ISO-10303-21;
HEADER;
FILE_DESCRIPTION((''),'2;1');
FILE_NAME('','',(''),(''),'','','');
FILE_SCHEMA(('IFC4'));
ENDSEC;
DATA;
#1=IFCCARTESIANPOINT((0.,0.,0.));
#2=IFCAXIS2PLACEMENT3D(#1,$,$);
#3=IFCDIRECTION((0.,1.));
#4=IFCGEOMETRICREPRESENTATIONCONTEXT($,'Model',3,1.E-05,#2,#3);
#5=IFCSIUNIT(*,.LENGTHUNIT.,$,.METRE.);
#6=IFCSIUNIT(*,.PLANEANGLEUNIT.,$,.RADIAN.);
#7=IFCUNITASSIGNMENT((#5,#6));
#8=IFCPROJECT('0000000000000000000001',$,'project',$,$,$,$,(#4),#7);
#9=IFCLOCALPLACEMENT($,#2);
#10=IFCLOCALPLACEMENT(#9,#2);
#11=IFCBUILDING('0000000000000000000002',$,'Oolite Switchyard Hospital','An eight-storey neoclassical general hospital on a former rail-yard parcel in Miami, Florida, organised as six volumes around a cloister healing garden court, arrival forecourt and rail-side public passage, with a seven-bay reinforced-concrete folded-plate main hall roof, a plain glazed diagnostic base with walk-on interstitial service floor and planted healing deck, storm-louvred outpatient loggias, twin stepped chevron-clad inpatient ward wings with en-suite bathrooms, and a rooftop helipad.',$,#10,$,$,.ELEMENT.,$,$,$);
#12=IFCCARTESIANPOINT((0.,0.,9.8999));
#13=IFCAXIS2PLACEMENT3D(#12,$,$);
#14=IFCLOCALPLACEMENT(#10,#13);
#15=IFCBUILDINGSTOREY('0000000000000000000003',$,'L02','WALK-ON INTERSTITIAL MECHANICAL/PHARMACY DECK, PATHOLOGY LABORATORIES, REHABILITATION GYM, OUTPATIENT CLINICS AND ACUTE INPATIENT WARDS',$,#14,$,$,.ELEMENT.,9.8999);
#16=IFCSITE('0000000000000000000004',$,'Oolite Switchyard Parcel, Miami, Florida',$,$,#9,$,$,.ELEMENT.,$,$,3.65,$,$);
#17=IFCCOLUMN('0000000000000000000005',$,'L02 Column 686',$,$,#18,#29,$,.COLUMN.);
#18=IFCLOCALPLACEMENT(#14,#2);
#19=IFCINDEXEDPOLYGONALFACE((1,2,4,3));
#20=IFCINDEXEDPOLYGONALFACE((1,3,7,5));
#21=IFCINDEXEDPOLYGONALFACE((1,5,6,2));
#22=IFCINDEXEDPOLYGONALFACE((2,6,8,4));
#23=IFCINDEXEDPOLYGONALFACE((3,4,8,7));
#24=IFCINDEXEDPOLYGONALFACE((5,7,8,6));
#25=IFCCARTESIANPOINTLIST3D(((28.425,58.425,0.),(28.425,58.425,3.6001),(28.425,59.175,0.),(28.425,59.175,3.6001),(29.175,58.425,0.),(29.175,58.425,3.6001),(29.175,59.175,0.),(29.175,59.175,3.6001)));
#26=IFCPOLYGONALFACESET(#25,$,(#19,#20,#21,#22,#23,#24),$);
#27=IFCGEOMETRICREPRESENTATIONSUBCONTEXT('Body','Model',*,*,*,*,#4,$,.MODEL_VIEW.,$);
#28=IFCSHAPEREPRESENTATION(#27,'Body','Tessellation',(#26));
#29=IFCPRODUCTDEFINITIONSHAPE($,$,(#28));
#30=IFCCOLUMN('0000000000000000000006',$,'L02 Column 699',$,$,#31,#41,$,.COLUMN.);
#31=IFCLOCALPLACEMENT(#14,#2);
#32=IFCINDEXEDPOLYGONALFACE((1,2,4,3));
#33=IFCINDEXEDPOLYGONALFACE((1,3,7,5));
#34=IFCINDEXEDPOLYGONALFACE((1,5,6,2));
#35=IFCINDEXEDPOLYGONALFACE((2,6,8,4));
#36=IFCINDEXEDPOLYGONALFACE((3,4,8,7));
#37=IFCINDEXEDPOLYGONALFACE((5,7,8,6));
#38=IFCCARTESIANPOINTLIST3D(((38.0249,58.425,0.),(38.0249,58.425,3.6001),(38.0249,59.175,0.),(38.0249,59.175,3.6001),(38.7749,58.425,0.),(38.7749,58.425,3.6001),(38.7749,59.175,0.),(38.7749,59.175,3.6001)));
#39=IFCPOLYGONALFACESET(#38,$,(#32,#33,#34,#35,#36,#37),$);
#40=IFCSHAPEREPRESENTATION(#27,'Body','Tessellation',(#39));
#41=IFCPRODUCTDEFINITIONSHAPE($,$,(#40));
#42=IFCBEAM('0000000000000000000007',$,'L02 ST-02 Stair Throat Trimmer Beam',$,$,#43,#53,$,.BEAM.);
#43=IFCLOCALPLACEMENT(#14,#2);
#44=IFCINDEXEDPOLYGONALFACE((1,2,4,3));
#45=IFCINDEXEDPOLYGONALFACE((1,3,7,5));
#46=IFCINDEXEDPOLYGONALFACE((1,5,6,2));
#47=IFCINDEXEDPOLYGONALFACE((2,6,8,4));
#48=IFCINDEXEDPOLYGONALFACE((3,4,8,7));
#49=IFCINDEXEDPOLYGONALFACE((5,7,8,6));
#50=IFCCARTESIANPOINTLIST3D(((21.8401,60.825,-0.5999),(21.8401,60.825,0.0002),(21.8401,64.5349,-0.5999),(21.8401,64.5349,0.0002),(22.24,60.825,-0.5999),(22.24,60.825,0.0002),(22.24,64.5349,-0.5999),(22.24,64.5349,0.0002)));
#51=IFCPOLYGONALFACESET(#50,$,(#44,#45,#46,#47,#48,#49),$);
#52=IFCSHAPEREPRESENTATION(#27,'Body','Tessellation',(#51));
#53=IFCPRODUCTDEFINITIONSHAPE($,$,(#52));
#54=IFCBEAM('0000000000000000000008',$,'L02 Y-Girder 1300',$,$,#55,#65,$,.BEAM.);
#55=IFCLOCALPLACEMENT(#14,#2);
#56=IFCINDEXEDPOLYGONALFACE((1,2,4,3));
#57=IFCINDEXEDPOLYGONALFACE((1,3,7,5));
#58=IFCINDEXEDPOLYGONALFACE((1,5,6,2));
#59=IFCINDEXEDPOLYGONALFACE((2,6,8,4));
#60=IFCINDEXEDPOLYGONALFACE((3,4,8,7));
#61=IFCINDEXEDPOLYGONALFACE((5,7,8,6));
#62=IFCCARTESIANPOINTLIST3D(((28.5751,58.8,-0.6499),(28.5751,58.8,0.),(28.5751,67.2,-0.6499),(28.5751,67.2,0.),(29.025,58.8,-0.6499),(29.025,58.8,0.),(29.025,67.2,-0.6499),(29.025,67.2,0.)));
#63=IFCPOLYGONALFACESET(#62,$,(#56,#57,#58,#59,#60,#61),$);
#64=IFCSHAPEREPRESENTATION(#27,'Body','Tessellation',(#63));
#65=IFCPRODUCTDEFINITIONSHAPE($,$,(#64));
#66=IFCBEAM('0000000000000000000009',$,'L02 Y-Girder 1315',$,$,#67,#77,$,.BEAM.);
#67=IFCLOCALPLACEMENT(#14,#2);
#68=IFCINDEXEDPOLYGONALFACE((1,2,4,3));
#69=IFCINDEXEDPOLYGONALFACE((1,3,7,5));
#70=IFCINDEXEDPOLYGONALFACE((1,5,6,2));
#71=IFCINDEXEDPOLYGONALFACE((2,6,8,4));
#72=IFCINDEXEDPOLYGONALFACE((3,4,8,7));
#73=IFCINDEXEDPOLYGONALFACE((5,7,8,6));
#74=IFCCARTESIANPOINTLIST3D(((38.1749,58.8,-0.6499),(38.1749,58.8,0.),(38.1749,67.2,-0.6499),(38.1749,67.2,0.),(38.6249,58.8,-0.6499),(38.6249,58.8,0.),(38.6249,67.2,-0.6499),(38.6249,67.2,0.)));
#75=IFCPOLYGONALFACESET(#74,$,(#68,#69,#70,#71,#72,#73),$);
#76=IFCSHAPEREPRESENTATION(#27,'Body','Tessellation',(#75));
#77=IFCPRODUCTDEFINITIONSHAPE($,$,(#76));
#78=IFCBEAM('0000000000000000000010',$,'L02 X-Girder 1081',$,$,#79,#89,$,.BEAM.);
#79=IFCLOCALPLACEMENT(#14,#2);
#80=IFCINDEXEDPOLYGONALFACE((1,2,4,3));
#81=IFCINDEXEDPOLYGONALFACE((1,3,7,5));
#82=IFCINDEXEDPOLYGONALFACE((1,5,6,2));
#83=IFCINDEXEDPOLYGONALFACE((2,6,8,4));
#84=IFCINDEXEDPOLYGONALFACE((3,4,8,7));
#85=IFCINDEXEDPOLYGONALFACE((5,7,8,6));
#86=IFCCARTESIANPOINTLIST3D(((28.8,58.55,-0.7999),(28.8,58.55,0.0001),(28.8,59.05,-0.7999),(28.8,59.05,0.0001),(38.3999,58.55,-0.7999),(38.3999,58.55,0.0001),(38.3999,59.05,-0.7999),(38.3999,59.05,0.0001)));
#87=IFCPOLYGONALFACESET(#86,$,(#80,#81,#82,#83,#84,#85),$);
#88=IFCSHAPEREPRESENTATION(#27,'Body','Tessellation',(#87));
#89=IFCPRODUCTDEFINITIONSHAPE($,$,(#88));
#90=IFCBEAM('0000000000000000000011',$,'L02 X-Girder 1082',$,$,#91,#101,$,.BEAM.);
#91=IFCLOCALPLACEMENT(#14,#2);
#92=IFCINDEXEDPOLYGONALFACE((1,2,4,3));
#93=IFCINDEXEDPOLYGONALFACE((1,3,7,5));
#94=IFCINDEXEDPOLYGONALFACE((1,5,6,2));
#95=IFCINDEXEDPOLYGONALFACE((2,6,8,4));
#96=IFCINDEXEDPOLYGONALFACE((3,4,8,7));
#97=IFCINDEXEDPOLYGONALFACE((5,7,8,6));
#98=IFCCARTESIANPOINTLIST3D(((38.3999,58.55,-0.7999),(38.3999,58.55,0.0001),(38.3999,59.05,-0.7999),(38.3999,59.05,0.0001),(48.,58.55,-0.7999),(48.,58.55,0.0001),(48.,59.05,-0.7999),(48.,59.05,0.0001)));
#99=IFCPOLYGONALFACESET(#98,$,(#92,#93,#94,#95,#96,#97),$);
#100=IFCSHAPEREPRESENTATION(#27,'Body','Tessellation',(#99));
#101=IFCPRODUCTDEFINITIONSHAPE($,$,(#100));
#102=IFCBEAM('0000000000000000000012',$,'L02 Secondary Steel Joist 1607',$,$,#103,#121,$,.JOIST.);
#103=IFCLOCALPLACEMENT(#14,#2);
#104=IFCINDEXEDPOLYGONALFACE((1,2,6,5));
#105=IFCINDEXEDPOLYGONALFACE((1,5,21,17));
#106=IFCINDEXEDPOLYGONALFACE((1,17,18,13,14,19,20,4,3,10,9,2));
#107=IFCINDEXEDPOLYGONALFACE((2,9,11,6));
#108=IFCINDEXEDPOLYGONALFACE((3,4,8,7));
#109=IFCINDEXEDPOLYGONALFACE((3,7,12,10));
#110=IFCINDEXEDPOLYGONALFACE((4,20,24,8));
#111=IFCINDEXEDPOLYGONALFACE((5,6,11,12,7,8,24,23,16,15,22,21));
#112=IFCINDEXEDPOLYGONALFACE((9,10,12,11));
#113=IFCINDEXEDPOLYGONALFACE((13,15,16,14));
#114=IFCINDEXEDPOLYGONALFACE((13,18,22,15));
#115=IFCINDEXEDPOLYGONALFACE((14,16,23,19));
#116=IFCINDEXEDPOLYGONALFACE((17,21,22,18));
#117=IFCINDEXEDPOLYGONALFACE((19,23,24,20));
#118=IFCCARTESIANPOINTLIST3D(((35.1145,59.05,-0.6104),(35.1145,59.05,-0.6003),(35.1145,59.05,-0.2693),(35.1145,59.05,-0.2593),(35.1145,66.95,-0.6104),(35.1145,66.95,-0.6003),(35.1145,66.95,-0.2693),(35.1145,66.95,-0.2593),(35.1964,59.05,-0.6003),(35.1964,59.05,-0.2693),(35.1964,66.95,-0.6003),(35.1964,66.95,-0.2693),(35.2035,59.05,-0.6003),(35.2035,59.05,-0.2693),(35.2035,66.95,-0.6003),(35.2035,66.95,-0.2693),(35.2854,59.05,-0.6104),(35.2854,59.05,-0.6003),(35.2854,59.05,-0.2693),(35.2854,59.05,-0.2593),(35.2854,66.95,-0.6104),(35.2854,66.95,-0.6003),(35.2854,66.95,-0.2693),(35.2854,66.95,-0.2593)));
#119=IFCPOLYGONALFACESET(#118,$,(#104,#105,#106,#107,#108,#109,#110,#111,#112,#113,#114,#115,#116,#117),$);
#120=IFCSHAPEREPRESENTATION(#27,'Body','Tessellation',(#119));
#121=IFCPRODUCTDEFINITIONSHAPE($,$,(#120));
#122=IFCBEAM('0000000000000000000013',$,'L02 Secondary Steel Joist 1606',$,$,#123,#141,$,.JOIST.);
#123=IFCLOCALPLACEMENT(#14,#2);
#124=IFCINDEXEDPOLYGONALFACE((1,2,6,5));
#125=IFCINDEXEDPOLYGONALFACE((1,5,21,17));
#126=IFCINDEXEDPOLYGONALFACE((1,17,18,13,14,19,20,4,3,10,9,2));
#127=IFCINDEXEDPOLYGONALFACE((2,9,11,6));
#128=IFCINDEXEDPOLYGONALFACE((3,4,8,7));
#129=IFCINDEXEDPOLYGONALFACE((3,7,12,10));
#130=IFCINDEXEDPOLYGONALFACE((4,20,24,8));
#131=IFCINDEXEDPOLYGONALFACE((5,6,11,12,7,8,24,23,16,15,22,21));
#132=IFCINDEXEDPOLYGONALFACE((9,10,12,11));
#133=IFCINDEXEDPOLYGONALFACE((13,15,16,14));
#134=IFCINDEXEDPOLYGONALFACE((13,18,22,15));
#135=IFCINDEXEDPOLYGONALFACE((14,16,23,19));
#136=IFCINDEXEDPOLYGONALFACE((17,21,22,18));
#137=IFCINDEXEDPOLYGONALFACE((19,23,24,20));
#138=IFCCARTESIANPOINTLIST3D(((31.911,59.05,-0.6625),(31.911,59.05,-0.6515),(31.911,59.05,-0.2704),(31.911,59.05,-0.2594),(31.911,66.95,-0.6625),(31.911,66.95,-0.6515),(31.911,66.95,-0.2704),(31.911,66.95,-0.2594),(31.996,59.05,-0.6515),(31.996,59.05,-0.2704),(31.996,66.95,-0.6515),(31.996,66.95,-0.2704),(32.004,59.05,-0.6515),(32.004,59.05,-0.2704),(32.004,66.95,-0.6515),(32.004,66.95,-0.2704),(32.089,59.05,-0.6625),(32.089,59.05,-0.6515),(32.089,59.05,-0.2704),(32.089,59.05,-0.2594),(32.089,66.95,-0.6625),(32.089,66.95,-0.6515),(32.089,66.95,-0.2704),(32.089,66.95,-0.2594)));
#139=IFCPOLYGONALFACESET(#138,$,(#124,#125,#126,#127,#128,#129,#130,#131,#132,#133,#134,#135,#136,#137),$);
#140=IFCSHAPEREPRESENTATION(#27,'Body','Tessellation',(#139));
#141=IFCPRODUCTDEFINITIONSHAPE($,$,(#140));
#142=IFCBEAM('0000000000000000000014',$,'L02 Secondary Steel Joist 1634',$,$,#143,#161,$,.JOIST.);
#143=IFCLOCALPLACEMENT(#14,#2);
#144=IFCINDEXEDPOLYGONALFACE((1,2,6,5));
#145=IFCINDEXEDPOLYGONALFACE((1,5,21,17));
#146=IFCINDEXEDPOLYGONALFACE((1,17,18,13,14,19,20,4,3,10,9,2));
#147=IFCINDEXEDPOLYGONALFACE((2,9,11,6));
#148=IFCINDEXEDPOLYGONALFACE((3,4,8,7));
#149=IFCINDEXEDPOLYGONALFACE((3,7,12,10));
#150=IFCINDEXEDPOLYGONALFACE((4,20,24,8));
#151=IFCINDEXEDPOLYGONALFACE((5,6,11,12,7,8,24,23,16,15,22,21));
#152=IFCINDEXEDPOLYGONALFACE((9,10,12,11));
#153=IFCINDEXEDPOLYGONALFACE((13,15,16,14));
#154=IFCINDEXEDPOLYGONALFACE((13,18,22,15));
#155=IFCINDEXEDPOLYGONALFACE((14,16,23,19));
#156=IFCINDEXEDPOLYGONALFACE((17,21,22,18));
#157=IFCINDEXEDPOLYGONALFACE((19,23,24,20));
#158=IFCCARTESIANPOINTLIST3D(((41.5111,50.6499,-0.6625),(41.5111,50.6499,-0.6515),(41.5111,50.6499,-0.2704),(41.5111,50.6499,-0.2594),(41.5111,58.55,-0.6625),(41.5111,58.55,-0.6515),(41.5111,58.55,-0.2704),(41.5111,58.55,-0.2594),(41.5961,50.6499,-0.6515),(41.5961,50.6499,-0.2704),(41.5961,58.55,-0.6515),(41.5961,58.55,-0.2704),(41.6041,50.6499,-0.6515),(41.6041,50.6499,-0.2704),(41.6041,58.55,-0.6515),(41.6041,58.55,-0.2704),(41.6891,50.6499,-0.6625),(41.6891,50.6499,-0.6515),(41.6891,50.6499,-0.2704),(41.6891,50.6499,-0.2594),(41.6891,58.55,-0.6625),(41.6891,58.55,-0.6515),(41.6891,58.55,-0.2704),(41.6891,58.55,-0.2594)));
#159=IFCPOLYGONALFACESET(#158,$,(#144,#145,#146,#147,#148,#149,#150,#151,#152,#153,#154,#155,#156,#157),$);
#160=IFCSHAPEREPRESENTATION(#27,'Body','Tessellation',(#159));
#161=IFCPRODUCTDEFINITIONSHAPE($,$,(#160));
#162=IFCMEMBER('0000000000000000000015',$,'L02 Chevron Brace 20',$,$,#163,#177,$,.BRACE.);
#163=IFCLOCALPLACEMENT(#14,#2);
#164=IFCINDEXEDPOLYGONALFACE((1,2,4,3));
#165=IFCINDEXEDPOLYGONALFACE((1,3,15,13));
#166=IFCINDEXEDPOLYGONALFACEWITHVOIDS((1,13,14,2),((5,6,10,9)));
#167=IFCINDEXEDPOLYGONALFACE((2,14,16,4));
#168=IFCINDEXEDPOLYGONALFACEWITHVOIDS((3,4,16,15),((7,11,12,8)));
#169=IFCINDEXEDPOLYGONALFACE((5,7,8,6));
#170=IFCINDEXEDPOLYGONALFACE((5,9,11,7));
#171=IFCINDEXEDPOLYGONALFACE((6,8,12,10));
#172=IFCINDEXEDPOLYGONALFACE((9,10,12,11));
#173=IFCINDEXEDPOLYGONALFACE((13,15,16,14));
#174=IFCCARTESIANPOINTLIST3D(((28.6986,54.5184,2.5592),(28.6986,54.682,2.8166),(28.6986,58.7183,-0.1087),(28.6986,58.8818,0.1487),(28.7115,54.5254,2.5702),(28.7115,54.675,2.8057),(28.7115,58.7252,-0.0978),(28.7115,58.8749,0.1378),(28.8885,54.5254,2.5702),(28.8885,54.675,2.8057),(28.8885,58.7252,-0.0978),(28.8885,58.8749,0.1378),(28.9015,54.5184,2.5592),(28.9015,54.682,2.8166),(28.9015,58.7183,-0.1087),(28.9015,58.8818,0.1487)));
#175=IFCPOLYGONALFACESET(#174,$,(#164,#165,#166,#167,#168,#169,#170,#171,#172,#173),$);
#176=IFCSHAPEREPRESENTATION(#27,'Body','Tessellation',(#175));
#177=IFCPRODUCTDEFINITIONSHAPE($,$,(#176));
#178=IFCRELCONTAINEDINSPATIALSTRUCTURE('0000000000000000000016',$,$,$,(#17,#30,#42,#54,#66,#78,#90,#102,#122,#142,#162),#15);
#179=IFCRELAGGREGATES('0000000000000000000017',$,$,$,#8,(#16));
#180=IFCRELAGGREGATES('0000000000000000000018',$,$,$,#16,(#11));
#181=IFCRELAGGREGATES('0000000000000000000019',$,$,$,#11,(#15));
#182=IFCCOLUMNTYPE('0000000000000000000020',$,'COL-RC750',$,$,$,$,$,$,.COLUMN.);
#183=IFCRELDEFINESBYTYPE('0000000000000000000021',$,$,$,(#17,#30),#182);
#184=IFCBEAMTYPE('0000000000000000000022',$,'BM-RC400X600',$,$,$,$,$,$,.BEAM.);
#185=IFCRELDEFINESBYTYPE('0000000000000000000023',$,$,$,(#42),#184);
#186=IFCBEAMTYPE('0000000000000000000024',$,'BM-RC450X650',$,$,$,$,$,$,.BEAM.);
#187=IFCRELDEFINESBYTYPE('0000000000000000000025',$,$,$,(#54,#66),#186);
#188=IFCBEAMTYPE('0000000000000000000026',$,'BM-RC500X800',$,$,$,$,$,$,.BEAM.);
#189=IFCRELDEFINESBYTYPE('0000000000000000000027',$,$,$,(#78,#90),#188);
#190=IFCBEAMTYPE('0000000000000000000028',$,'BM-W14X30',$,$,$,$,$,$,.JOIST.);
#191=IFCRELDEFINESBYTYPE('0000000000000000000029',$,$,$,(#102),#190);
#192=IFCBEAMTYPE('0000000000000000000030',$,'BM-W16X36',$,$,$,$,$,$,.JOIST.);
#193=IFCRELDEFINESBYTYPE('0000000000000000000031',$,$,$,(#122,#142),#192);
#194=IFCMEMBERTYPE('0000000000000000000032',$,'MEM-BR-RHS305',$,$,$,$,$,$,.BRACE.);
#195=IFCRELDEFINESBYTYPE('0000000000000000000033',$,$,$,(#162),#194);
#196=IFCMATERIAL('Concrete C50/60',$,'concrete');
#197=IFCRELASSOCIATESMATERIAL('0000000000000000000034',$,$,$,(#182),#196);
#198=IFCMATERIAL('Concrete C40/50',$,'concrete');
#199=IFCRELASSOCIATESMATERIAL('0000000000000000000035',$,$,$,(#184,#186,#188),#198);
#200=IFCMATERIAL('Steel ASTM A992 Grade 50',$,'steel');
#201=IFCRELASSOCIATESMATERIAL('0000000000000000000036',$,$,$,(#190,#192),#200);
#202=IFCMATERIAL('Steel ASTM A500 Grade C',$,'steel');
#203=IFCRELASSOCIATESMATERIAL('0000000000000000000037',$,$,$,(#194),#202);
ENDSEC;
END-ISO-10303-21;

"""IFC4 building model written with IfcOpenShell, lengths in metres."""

from ifc_helpers import new_model, si_unit, direction, frame, origin, origin_2d, place, context, subcontext, project, spatial, rectangle, hollow_rectangle, i_section, extrude, material, material_profile, profile_set, type_object, element, save


model = new_model("IFC4")

# Units and contexts
model_context = context("Model", 3, precision=1e-05, world=origin(), true_north=direction((0.0, 1.0)))
body_context = subcontext(model_context, "Body", "Model", "MODEL_VIEW")
ifc_project = project(units=[si_unit("LENGTHUNIT", "METRE"), si_unit("PLANEANGLEUNIT", "RADIAN")], contexts=[model_context])

# Site, building, storey
site_placement = place(None, origin())
site = spatial("IfcSite", under=ifc_project, at=site_placement, Name="Oolite Switchyard Parcel, Miami, Florida", CompositionType="ELEMENT", RefElevation=3.65)
building_placement = place(site_placement, origin())
building = spatial("IfcBuilding", under=site, at=building_placement, Name="Oolite Switchyard Hospital", Description="An eight-storey neoclassical general hospital on a former rail-yard parcel in Miami, Florida, organised as six volumes around a cloister healing garden court, arrival forecourt and rail-side public passage, with a seven-bay reinforced-concrete folded-plate main hall roof, a plain glazed diagnostic base with walk-on interstitial service floor and planted healing deck, storm-louvred outpatient loggias, twin stepped chevron-clad inpatient ward wings with en-suite bathrooms, and a rooftop helipad.", CompositionType="ELEMENT")
storey_placement = place(building_placement, frame((0.0, 0.0, 9.8999)))
storey = spatial("IfcBuildingStorey", under=building, at=storey_placement, Name="L02", Description="WALK-ON INTERSTITIAL MECHANICAL/PHARMACY DECK, PATHOLOGY LABORATORIES, REHABILITATION GYM, OUTPATIENT CLINICS AND ACUTE INPATIENT WARDS", CompositionType="ELEMENT", Elevation=9.8999)

# Columns
ifc_material_1 = material(Name="Concrete C50/60", Category="concrete")
ifc_material_profile_1 = material_profile(ifc_material_1, rectangle(XDim=0.75, YDim=0.75, at=origin_2d()), Name="RC750X750")
ifc_profile_set_1 = profile_set([ifc_material_profile_1], Name="Concrete C50/60")
column_type = type_object("IfcColumnType", Name="COL-RC750", PredefinedType="COLUMN", material=ifc_profile_set_1)
for number, where, z_axis, x_axis, name in (
    (1, (28.8, 58.8, 0.0), (0.0, 0.0, 1.0), (1.0, 0.0, 0.0), "L02 Column 686"),
    (2, (38.3999, 58.8, 0.0), (0.0, 0.0, 1.0), (1.0, 0.0, 0.0), "L02 Column 699"),
):
    element("IfcColumn", number, at=place(storey_placement, frame(where, z_axis=z_axis, x_axis=x_axis)), inside=storey, type_object=column_type, Name=name, PredefinedType="COLUMN", context=body_context, shape_type="SweptSolid", body=[
        extrude(rectangle(XDim=0.75, YDim=0.75, at=origin_2d()), origin(), (0.0, 0.0, 1.0), 3.6001),
    ])

# Beams
ifc_material_2 = material(Name="Concrete C40/50", Category="concrete")
ifc_material_profile_2 = material_profile(ifc_material_2, rectangle(XDim=0.3999, YDim=0.6001, at=origin_2d()), Name="RCB400X600")
ifc_profile_set_2 = profile_set([ifc_material_profile_2], Name="Concrete C40/50")
beam_type_1 = type_object("IfcBeamType", Name="BM-RC400X600", PredefinedType="BEAM", material=ifc_profile_set_2)
beam_1_placement = place(storey_placement, frame((22.04, 60.825, -0.2998), z_axis=(0.0, 1.0, 0.0), x_axis=(-1.0, 0.0, 0.0)))
element("IfcBeam", 3, at=beam_1_placement, inside=storey, type_object=beam_type_1, Name="L02 ST-02 Stair Throat Trimmer Beam", PredefinedType="BEAM", context=body_context, shape_type="SweptSolid", body=[
    extrude(rectangle(XDim=0.3999, YDim=0.6001, at=origin_2d()), origin(), (0.0, 0.0, 1.0), 3.71),
])
ifc_material_profile_3 = material_profile(ifc_material_2, rectangle(XDim=0.45, YDim=0.6499, at=origin_2d()), Name="RCB450X650")
ifc_profile_set_3 = profile_set([ifc_material_profile_3], Name="Concrete C40/50")
beam_type_2 = type_object("IfcBeamType", Name="BM-RC450X650", PredefinedType="BEAM", material=ifc_profile_set_3)
for number, where, z_axis, x_axis, name in (
    (4, (28.8, 58.8, -0.325), (0.0, 1.0, 0.0), (-1.0, 0.0, 0.0), "L02 Y-Girder 1300"),
    (5, (38.3999, 58.8, -0.325), (0.0, 1.0, 0.0), (-1.0, 0.0, 0.0), "L02 Y-Girder 1315"),
):
    element("IfcBeam", number, at=place(storey_placement, frame(where, z_axis=z_axis, x_axis=x_axis)), inside=storey, type_object=beam_type_2, Name=name, PredefinedType="BEAM", context=body_context, shape_type="SweptSolid", body=[
        extrude(rectangle(XDim=0.45, YDim=0.6499, at=origin_2d()), origin(), (0.0, 0.0, 1.0), 8.3999),
    ])
ifc_material_profile_4 = material_profile(ifc_material_2, rectangle(XDim=0.5, YDim=0.8, at=origin_2d()), Name="RCB500X800")
ifc_profile_set_4 = profile_set([ifc_material_profile_4], Name="Concrete C40/50")
beam_type_3 = type_object("IfcBeamType", Name="BM-RC500X800", PredefinedType="BEAM", material=ifc_profile_set_4)
beam_2_placement = place(storey_placement, frame((28.8, 58.8, -0.3999), z_axis=(1.0, 0.0, 0.0), x_axis=(0.0, 1.0, 0.0)))
element("IfcBeam", 6, at=beam_2_placement, inside=storey, type_object=beam_type_3, Name="L02 X-Girder 1081", PredefinedType="BEAM", context=body_context, shape_type="SweptSolid", body=[
    extrude(rectangle(XDim=0.5, YDim=0.8, at=origin_2d()), origin(), (0.0, 0.0, 1.0), 9.5999),
])
beam_3_placement = place(storey_placement, frame((38.3999, 58.8, -0.3999), z_axis=(1.0, 0.0, 0.0), x_axis=(0.0, 1.0, 0.0)))
element("IfcBeam", 7, at=beam_3_placement, inside=storey, type_object=beam_type_3, Name="L02 X-Girder 1082", PredefinedType="BEAM", context=body_context, shape_type="SweptSolid", body=[
    extrude(rectangle(XDim=0.5, YDim=0.8, at=origin_2d()), origin(), (0.0, 0.0, 1.0), 9.6001),
])
ifc_material_3 = material(Name="Steel ASTM A992 Grade 50", Category="steel")
ifc_material_profile_5 = material_profile(ifc_material_3, i_section(OverallWidth=0.1709, OverallDepth=0.3511, WebThickness=0.0071, FlangeThickness=0.01, at=origin_2d()), Name="W14X30")
ifc_profile_set_5 = profile_set([ifc_material_profile_5], Name="Steel ASTM A992 Grade 50")
beam_type_4 = type_object("IfcBeamType", Name="BM-W14X30", PredefinedType="JOIST", material=ifc_profile_set_5)
beam_4_placement = place(storey_placement, frame((35.2, 59.05, -0.4348), z_axis=(0.0, 1.0, 0.0), x_axis=(-1.0, 0.0, 0.0)))
element("IfcBeam", 8, at=beam_4_placement, inside=storey, type_object=beam_type_4, Name="L02 Secondary Steel Joist 1607", PredefinedType="JOIST", context=body_context, shape_type="SweptSolid", body=[
    extrude(i_section(OverallWidth=0.1709, OverallDepth=0.3511, WebThickness=0.0071, FlangeThickness=0.01, at=origin_2d()), origin(), (0.0, 0.0, 1.0), 7.8999),
])
ifc_material_profile_6 = material_profile(ifc_material_3, i_section(OverallWidth=0.178, OverallDepth=0.4031, WebThickness=0.0081, FlangeThickness=0.011, at=origin_2d()), Name="W16X36")
ifc_profile_set_6 = profile_set([ifc_material_profile_6], Name="Steel ASTM A992 Grade 50")
beam_type_5 = type_object("IfcBeamType", Name="BM-W16X36", PredefinedType="JOIST", material=ifc_profile_set_6)
beam_5_placement = place(storey_placement, frame((32.0, 59.05, -0.4609), z_axis=(0.0, 1.0, 0.0), x_axis=(-1.0, 0.0, 0.0)))
element("IfcBeam", 9, at=beam_5_placement, inside=storey, type_object=beam_type_5, Name="L02 Secondary Steel Joist 1606", PredefinedType="JOIST", context=body_context, shape_type="SweptSolid", body=[
    extrude(i_section(OverallWidth=0.178, OverallDepth=0.4031, WebThickness=0.0081, FlangeThickness=0.011, at=origin_2d()), origin(), (0.0, 0.0, 1.0), 7.8999),
])
beam_6_placement = place(storey_placement, frame((41.6001, 50.6499, -0.4609), z_axis=(0.0, 1.0, 0.0), x_axis=(-1.0, 0.0, 0.0)))
element("IfcBeam", 10, at=beam_6_placement, inside=storey, type_object=beam_type_5, Name="L02 Secondary Steel Joist 1634", PredefinedType="JOIST", context=body_context, shape_type="SweptSolid", body=[
    extrude(i_section(OverallWidth=0.178, OverallDepth=0.4031, WebThickness=0.0081, FlangeThickness=0.011, at=origin_2d()), origin(), (0.0, 0.0, 1.0), 7.9001),
])

# Member
ifc_material_4 = material(Name="Steel ASTM A500 Grade C", Category="steel")
ifc_material_profile_7 = material_profile(ifc_material_4, hollow_rectangle(XDim=0.2029, YDim=0.3049, WallThickness=0.0129, at=origin_2d()), Name="HSS305X203X13")
ifc_profile_set_7 = profile_set([ifc_material_profile_7], Name="Steel ASTM A500 Grade C")
member_type = type_object("IfcMemberType", Name="MEM-BR-RHS305", PredefinedType="BRACE", material=ifc_profile_set_7)
member_placement = place(storey_placement, frame((28.8, 58.8, 0.02), z_axis=(0.0, -0.844092, 0.536199), x_axis=(1.0, 0.0, 0.0)))
element("IfcMember", 11, at=member_placement, inside=storey, type_object=member_type, Name="L02 Chevron Brace 20", PredefinedType="BRACE", context=body_context, shape_type="SweptSolid", body=[
    extrude(hollow_rectangle(XDim=0.2029, YDim=0.3049, WallThickness=0.0129, at=origin_2d()), origin(), (0.0, 0.0, 1.0), 4.9756),
])

save(model, "model.ifc")
